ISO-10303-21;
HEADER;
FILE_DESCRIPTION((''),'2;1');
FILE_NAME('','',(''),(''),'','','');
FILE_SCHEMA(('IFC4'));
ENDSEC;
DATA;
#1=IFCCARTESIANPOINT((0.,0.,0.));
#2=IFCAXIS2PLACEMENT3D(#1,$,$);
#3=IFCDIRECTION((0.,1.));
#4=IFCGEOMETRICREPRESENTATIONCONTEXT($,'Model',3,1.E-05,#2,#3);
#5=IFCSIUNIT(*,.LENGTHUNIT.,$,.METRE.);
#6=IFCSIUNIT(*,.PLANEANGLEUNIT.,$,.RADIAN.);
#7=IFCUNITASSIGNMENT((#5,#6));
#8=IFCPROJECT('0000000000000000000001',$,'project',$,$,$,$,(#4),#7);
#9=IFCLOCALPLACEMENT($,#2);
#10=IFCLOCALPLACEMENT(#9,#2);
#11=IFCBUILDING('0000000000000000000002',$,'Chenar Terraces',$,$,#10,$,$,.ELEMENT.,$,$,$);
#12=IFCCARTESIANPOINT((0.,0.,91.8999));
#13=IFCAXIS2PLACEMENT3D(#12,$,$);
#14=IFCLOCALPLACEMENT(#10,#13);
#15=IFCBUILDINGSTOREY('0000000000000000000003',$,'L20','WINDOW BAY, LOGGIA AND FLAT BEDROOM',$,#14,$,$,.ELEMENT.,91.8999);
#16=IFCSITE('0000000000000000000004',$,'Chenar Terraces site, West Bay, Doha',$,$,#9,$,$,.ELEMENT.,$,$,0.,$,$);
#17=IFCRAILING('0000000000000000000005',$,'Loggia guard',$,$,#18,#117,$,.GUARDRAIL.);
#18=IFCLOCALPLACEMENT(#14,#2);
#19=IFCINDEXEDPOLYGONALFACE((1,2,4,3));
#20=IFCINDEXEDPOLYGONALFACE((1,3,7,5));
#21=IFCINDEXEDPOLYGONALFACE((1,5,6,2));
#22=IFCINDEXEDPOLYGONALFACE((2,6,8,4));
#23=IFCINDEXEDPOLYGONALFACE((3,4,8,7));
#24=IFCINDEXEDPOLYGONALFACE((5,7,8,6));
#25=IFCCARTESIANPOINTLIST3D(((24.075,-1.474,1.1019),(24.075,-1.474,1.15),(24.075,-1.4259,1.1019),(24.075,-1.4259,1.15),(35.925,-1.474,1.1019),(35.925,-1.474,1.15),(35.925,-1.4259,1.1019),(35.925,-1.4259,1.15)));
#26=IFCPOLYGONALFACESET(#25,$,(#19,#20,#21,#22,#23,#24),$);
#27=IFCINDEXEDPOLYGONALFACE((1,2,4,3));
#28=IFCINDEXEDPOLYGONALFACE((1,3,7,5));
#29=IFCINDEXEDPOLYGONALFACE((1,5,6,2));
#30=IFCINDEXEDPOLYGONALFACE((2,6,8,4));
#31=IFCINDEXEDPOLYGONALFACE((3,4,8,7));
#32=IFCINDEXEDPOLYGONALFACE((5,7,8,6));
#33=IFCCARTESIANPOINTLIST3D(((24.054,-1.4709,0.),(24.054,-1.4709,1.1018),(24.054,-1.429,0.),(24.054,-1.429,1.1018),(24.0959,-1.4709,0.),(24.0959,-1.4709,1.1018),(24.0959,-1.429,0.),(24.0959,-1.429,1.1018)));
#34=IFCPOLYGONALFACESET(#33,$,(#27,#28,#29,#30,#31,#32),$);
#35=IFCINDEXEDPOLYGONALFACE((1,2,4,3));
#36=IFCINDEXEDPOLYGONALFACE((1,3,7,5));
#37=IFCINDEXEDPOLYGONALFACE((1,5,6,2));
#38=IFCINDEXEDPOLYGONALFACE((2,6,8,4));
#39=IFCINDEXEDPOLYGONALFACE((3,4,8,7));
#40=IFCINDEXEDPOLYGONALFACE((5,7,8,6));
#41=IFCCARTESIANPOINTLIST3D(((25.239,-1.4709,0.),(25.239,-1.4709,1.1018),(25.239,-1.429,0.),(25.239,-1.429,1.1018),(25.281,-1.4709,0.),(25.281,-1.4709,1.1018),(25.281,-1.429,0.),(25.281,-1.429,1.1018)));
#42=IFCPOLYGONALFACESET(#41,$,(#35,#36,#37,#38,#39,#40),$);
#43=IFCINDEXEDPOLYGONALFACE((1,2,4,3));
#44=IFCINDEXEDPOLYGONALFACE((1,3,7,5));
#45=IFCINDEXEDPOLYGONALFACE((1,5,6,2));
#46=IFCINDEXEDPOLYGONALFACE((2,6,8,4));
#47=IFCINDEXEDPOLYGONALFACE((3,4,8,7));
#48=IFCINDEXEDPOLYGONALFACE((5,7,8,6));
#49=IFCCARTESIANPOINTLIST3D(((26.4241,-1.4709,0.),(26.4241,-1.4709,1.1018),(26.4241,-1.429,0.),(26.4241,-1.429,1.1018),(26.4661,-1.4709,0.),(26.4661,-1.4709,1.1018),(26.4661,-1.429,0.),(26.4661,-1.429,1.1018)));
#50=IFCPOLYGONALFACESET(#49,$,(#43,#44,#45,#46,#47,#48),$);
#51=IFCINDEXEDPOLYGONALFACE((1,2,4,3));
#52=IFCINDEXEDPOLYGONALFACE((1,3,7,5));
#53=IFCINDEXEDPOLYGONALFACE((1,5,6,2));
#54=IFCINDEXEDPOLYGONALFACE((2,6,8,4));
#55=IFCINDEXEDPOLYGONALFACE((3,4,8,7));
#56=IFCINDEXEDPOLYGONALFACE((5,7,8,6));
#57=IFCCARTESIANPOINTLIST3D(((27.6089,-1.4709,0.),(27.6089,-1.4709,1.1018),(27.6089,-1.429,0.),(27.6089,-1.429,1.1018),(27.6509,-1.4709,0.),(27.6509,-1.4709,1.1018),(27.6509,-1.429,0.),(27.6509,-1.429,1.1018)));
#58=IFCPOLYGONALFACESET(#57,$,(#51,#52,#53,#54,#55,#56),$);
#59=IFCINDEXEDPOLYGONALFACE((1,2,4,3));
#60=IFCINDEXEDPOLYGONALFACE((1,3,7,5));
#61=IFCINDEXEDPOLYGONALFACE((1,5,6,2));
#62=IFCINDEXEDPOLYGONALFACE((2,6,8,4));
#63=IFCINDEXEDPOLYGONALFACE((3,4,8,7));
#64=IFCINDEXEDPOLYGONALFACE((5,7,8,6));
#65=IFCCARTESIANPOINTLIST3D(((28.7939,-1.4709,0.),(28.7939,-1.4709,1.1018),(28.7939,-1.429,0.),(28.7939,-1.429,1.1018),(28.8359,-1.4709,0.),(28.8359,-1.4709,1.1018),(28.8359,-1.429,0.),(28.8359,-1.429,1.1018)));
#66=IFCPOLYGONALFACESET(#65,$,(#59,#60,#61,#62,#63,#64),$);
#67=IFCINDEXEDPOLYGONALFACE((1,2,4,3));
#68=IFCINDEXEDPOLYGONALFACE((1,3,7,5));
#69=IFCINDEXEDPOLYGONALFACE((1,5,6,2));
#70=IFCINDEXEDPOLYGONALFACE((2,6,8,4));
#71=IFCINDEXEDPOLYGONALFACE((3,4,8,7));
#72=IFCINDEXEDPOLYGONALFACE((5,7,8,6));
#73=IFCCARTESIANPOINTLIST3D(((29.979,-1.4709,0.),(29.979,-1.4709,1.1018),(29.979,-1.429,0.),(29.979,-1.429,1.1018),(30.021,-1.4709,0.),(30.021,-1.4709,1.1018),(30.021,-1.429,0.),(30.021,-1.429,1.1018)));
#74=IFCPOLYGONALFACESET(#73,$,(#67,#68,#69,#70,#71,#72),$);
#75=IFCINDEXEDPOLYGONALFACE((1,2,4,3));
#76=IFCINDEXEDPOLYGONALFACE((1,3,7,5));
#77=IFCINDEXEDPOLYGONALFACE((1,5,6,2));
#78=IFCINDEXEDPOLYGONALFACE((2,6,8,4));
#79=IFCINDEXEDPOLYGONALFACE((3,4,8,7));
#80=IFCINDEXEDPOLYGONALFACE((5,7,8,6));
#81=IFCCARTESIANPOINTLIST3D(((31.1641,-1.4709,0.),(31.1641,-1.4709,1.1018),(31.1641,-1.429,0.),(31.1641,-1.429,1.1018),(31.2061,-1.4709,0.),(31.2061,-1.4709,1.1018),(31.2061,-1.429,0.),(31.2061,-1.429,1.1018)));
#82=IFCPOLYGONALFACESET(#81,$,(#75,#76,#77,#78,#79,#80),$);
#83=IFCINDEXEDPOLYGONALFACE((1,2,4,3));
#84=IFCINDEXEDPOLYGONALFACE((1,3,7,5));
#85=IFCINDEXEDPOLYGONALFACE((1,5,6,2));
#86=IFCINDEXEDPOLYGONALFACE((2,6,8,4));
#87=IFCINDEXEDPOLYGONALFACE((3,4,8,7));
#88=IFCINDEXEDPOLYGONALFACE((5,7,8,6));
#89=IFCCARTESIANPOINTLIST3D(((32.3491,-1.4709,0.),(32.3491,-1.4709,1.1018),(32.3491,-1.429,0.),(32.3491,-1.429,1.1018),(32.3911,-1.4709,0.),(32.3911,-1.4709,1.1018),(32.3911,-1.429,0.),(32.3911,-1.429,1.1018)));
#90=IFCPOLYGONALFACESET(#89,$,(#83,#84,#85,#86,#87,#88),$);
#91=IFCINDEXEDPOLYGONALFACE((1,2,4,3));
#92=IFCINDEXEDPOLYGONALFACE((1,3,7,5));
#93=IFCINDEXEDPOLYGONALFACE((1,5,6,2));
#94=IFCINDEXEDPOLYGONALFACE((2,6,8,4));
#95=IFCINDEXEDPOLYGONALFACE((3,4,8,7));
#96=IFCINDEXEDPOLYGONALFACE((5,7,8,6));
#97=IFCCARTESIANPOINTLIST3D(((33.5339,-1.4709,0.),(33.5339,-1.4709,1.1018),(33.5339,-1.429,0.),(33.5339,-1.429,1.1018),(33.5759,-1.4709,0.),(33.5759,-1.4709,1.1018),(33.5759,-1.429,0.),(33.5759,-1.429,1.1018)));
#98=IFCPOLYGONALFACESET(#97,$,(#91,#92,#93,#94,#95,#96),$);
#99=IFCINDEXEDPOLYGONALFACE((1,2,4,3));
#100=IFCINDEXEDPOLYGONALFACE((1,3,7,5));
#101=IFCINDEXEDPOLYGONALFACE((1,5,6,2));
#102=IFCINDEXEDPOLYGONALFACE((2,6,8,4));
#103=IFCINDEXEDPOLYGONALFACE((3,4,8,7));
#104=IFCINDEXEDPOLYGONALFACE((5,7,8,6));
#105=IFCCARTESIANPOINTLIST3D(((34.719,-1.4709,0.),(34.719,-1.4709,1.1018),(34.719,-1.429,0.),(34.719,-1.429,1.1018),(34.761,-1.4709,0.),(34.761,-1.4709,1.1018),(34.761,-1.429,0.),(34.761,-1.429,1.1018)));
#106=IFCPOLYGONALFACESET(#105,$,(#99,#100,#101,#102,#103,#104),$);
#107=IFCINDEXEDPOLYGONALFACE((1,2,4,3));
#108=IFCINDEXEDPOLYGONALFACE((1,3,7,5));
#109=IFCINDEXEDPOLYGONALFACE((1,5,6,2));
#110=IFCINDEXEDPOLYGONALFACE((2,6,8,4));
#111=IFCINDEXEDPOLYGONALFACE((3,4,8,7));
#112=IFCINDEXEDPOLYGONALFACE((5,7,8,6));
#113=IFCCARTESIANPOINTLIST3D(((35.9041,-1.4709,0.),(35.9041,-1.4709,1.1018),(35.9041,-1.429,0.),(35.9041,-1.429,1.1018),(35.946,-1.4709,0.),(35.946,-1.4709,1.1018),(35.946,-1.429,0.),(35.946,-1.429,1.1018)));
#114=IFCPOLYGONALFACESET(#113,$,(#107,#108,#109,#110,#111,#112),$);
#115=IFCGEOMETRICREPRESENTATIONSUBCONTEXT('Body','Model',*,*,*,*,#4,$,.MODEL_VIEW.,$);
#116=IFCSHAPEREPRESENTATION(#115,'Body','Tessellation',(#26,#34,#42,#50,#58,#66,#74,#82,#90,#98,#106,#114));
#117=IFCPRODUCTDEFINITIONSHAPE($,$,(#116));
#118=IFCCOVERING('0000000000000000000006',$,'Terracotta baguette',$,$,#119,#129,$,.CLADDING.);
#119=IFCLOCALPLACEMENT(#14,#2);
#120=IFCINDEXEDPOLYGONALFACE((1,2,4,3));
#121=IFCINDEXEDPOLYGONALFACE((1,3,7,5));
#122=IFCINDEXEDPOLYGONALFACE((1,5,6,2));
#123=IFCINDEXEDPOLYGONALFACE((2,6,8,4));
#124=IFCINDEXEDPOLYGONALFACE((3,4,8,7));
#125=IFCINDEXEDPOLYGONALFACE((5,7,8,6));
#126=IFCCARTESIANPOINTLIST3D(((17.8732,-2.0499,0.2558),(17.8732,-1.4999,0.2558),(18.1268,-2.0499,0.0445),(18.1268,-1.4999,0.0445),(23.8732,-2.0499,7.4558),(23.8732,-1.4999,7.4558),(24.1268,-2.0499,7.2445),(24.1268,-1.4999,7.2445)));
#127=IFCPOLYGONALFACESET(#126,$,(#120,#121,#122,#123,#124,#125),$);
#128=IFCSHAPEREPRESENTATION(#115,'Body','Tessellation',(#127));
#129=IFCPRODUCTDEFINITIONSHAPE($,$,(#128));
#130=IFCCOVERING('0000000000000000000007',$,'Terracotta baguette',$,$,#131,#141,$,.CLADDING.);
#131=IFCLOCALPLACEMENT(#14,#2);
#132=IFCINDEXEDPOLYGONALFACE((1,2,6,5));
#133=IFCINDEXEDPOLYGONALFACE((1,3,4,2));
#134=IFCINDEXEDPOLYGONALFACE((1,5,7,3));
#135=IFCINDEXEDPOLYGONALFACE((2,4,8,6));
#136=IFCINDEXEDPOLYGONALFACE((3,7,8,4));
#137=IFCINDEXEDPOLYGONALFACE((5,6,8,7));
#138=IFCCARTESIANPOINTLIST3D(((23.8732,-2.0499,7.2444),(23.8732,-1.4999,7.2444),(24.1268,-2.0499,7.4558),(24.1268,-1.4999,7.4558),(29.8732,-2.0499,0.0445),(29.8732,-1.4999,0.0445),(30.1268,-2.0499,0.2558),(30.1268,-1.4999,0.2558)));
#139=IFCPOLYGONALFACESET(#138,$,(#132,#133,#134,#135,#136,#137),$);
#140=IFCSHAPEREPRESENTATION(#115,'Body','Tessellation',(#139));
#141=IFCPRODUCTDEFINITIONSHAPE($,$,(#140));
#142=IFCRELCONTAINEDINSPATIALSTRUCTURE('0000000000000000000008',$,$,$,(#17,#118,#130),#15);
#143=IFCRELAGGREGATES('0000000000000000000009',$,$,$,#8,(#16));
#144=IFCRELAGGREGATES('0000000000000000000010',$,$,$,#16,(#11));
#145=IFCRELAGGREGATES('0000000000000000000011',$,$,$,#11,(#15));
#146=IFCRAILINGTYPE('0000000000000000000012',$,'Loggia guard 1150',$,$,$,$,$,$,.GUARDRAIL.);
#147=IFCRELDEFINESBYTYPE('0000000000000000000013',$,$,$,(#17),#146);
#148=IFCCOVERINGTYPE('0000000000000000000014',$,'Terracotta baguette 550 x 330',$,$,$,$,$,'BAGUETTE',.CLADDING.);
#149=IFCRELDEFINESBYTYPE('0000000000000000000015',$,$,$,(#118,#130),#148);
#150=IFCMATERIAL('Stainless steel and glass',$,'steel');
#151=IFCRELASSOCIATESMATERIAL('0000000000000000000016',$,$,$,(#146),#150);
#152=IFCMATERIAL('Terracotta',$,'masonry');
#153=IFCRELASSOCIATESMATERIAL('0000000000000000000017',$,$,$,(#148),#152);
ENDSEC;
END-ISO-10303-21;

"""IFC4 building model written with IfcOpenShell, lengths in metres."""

from ifc_helpers import new_model, si_unit, direction, frame, origin, origin_2d, place, context, subcontext, project, spatial, rectangle, extrude, material, material_profile, profile_set, type_object, element, save


model = new_model("IFC4")

# Units and contexts
model_context = context("Model", 3, precision=1e-05, world=origin(), true_north=direction((0.0, 1.0)))
body_context = subcontext(model_context, "Body", "Model", "MODEL_VIEW")
ifc_project = project(units=[si_unit("LENGTHUNIT", "METRE"), si_unit("PLANEANGLEUNIT", "RADIAN")], contexts=[model_context])

# Site, building, storey
site_placement = place(None, origin())
site = spatial("IfcSite", under=ifc_project, at=site_placement, Name="Chenar Terraces site, West Bay, Doha", CompositionType="ELEMENT", RefElevation=0.0)
building_placement = place(site_placement, origin())
building = spatial("IfcBuilding", under=site, at=building_placement, Name="Chenar Terraces", CompositionType="ELEMENT")
storey_placement = place(building_placement, frame((0.0, 0.0, 91.8999)))
storey = spatial("IfcBuildingStorey", under=building, at=storey_placement, Name="L20", Description="WINDOW BAY, LOGGIA AND FLAT BEDROOM", CompositionType="ELEMENT", Elevation=91.8999)

# Railing
ifc_material_1 = material(Name="Stainless steel and glass", Category="steel")
railing_type = type_object("IfcRailingType", Name="Loggia guard 1150", PredefinedType="GUARDRAIL", material=ifc_material_1)
railing_placement = place(storey_placement, frame((24.075, -1.45, 0.0)))
element("IfcRailing", 1, at=railing_placement, inside=storey, type_object=railing_type, Name="Loggia guard", PredefinedType="GUARDRAIL", context=body_context, shape_type="SweptSolid", body=[
    extrude(rectangle(XDim=0.0481, YDim=0.0481, at=origin_2d()), frame((0.0, 0.0, 1.126), z_axis=(1.0, 0.0, 0.0), x_axis=(0.0, 1.0, 0.0)), (0.0, 0.0, 1.0), 11.8501),
    extrude(rectangle(XDim=0.042, YDim=0.042, at=origin_2d()), origin(), (0.0, 0.0, 1.0), 1.1018),
    extrude(rectangle(XDim=0.042, YDim=0.042, at=origin_2d()), frame((1.1851, 0.0, 0.0)), (0.0, 0.0, 1.0), 1.1018),
    extrude(rectangle(XDim=0.042, YDim=0.042, at=origin_2d()), frame((2.3701, 0.0, 0.0)), (0.0, 0.0, 1.0), 1.1018),
    extrude(rectangle(XDim=0.042, YDim=0.042, at=origin_2d()), frame((3.5549, 0.0, 0.0)), (0.0, 0.0, 1.0), 1.1018),
    extrude(rectangle(XDim=0.042, YDim=0.042, at=origin_2d()), frame((4.74, 0.0, 0.0)), (0.0, 0.0, 1.0), 1.1018),
    extrude(rectangle(XDim=0.042, YDim=0.042, at=origin_2d()), frame((5.925, 0.0, 0.0)), (0.0, 0.0, 1.0), 1.1018),
    extrude(rectangle(XDim=0.042, YDim=0.042, at=origin_2d()), frame((7.1101, 0.0, 0.0)), (0.0, 0.0, 1.0), 1.1018),
    extrude(rectangle(XDim=0.042, YDim=0.042, at=origin_2d()), frame((8.2952, 0.0, 0.0)), (0.0, 0.0, 1.0), 1.1018),
    extrude(rectangle(XDim=0.042, YDim=0.042, at=origin_2d()), frame((9.48, 0.0, 0.0)), (0.0, 0.0, 1.0), 1.1018),
    extrude(rectangle(XDim=0.042, YDim=0.042, at=origin_2d()), frame((10.665, 0.0, 0.0)), (0.0, 0.0, 1.0), 1.1018),
    extrude(rectangle(XDim=0.042, YDim=0.042, at=origin_2d()), frame((11.8501, 0.0, 0.0)), (0.0, 0.0, 1.0), 1.1018),
])

# Coverings
ifc_material_2 = material(Name="Terracotta", Category="masonry")
ifc_material_profile_1 = material_profile(ifc_material_2, rectangle(XDim=0.55, YDim=0.3301, at=origin_2d()), Name="Terracotta baguette 550 x 330")
ifc_profile_set_1 = profile_set([ifc_material_profile_1], Name="Terracotta")
covering_type = type_object("IfcCoveringType", Name="Terracotta baguette 550 x 330", ElementType="BAGUETTE", PredefinedType="CLADDING", material=ifc_profile_set_1)
for number, where, z_axis, x_axis, name in (
    (2, (18.0, -1.7749, 0.1501), (0.640187, 0.0, 0.768219), (0.0, 1.0, 0.0), "Terracotta baguette"),
    (3, (24.0, -1.7749, 7.3501), (0.640187, 0.0, -0.768219), (0.0, 1.0, 0.0), "Terracotta baguette"),
):
    element("IfcCovering", number, at=place(storey_placement, frame(where, z_axis=z_axis, x_axis=x_axis)), inside=storey, type_object=covering_type, Name=name, PredefinedType="CLADDING", context=body_context, shape_type="SweptSolid", body=[
        extrude(rectangle(XDim=0.55, YDim=0.3301, at=origin_2d()), origin(), (0.0, 0.0, 1.0), 9.3723),
    ])

save(model, "model.ifc")
